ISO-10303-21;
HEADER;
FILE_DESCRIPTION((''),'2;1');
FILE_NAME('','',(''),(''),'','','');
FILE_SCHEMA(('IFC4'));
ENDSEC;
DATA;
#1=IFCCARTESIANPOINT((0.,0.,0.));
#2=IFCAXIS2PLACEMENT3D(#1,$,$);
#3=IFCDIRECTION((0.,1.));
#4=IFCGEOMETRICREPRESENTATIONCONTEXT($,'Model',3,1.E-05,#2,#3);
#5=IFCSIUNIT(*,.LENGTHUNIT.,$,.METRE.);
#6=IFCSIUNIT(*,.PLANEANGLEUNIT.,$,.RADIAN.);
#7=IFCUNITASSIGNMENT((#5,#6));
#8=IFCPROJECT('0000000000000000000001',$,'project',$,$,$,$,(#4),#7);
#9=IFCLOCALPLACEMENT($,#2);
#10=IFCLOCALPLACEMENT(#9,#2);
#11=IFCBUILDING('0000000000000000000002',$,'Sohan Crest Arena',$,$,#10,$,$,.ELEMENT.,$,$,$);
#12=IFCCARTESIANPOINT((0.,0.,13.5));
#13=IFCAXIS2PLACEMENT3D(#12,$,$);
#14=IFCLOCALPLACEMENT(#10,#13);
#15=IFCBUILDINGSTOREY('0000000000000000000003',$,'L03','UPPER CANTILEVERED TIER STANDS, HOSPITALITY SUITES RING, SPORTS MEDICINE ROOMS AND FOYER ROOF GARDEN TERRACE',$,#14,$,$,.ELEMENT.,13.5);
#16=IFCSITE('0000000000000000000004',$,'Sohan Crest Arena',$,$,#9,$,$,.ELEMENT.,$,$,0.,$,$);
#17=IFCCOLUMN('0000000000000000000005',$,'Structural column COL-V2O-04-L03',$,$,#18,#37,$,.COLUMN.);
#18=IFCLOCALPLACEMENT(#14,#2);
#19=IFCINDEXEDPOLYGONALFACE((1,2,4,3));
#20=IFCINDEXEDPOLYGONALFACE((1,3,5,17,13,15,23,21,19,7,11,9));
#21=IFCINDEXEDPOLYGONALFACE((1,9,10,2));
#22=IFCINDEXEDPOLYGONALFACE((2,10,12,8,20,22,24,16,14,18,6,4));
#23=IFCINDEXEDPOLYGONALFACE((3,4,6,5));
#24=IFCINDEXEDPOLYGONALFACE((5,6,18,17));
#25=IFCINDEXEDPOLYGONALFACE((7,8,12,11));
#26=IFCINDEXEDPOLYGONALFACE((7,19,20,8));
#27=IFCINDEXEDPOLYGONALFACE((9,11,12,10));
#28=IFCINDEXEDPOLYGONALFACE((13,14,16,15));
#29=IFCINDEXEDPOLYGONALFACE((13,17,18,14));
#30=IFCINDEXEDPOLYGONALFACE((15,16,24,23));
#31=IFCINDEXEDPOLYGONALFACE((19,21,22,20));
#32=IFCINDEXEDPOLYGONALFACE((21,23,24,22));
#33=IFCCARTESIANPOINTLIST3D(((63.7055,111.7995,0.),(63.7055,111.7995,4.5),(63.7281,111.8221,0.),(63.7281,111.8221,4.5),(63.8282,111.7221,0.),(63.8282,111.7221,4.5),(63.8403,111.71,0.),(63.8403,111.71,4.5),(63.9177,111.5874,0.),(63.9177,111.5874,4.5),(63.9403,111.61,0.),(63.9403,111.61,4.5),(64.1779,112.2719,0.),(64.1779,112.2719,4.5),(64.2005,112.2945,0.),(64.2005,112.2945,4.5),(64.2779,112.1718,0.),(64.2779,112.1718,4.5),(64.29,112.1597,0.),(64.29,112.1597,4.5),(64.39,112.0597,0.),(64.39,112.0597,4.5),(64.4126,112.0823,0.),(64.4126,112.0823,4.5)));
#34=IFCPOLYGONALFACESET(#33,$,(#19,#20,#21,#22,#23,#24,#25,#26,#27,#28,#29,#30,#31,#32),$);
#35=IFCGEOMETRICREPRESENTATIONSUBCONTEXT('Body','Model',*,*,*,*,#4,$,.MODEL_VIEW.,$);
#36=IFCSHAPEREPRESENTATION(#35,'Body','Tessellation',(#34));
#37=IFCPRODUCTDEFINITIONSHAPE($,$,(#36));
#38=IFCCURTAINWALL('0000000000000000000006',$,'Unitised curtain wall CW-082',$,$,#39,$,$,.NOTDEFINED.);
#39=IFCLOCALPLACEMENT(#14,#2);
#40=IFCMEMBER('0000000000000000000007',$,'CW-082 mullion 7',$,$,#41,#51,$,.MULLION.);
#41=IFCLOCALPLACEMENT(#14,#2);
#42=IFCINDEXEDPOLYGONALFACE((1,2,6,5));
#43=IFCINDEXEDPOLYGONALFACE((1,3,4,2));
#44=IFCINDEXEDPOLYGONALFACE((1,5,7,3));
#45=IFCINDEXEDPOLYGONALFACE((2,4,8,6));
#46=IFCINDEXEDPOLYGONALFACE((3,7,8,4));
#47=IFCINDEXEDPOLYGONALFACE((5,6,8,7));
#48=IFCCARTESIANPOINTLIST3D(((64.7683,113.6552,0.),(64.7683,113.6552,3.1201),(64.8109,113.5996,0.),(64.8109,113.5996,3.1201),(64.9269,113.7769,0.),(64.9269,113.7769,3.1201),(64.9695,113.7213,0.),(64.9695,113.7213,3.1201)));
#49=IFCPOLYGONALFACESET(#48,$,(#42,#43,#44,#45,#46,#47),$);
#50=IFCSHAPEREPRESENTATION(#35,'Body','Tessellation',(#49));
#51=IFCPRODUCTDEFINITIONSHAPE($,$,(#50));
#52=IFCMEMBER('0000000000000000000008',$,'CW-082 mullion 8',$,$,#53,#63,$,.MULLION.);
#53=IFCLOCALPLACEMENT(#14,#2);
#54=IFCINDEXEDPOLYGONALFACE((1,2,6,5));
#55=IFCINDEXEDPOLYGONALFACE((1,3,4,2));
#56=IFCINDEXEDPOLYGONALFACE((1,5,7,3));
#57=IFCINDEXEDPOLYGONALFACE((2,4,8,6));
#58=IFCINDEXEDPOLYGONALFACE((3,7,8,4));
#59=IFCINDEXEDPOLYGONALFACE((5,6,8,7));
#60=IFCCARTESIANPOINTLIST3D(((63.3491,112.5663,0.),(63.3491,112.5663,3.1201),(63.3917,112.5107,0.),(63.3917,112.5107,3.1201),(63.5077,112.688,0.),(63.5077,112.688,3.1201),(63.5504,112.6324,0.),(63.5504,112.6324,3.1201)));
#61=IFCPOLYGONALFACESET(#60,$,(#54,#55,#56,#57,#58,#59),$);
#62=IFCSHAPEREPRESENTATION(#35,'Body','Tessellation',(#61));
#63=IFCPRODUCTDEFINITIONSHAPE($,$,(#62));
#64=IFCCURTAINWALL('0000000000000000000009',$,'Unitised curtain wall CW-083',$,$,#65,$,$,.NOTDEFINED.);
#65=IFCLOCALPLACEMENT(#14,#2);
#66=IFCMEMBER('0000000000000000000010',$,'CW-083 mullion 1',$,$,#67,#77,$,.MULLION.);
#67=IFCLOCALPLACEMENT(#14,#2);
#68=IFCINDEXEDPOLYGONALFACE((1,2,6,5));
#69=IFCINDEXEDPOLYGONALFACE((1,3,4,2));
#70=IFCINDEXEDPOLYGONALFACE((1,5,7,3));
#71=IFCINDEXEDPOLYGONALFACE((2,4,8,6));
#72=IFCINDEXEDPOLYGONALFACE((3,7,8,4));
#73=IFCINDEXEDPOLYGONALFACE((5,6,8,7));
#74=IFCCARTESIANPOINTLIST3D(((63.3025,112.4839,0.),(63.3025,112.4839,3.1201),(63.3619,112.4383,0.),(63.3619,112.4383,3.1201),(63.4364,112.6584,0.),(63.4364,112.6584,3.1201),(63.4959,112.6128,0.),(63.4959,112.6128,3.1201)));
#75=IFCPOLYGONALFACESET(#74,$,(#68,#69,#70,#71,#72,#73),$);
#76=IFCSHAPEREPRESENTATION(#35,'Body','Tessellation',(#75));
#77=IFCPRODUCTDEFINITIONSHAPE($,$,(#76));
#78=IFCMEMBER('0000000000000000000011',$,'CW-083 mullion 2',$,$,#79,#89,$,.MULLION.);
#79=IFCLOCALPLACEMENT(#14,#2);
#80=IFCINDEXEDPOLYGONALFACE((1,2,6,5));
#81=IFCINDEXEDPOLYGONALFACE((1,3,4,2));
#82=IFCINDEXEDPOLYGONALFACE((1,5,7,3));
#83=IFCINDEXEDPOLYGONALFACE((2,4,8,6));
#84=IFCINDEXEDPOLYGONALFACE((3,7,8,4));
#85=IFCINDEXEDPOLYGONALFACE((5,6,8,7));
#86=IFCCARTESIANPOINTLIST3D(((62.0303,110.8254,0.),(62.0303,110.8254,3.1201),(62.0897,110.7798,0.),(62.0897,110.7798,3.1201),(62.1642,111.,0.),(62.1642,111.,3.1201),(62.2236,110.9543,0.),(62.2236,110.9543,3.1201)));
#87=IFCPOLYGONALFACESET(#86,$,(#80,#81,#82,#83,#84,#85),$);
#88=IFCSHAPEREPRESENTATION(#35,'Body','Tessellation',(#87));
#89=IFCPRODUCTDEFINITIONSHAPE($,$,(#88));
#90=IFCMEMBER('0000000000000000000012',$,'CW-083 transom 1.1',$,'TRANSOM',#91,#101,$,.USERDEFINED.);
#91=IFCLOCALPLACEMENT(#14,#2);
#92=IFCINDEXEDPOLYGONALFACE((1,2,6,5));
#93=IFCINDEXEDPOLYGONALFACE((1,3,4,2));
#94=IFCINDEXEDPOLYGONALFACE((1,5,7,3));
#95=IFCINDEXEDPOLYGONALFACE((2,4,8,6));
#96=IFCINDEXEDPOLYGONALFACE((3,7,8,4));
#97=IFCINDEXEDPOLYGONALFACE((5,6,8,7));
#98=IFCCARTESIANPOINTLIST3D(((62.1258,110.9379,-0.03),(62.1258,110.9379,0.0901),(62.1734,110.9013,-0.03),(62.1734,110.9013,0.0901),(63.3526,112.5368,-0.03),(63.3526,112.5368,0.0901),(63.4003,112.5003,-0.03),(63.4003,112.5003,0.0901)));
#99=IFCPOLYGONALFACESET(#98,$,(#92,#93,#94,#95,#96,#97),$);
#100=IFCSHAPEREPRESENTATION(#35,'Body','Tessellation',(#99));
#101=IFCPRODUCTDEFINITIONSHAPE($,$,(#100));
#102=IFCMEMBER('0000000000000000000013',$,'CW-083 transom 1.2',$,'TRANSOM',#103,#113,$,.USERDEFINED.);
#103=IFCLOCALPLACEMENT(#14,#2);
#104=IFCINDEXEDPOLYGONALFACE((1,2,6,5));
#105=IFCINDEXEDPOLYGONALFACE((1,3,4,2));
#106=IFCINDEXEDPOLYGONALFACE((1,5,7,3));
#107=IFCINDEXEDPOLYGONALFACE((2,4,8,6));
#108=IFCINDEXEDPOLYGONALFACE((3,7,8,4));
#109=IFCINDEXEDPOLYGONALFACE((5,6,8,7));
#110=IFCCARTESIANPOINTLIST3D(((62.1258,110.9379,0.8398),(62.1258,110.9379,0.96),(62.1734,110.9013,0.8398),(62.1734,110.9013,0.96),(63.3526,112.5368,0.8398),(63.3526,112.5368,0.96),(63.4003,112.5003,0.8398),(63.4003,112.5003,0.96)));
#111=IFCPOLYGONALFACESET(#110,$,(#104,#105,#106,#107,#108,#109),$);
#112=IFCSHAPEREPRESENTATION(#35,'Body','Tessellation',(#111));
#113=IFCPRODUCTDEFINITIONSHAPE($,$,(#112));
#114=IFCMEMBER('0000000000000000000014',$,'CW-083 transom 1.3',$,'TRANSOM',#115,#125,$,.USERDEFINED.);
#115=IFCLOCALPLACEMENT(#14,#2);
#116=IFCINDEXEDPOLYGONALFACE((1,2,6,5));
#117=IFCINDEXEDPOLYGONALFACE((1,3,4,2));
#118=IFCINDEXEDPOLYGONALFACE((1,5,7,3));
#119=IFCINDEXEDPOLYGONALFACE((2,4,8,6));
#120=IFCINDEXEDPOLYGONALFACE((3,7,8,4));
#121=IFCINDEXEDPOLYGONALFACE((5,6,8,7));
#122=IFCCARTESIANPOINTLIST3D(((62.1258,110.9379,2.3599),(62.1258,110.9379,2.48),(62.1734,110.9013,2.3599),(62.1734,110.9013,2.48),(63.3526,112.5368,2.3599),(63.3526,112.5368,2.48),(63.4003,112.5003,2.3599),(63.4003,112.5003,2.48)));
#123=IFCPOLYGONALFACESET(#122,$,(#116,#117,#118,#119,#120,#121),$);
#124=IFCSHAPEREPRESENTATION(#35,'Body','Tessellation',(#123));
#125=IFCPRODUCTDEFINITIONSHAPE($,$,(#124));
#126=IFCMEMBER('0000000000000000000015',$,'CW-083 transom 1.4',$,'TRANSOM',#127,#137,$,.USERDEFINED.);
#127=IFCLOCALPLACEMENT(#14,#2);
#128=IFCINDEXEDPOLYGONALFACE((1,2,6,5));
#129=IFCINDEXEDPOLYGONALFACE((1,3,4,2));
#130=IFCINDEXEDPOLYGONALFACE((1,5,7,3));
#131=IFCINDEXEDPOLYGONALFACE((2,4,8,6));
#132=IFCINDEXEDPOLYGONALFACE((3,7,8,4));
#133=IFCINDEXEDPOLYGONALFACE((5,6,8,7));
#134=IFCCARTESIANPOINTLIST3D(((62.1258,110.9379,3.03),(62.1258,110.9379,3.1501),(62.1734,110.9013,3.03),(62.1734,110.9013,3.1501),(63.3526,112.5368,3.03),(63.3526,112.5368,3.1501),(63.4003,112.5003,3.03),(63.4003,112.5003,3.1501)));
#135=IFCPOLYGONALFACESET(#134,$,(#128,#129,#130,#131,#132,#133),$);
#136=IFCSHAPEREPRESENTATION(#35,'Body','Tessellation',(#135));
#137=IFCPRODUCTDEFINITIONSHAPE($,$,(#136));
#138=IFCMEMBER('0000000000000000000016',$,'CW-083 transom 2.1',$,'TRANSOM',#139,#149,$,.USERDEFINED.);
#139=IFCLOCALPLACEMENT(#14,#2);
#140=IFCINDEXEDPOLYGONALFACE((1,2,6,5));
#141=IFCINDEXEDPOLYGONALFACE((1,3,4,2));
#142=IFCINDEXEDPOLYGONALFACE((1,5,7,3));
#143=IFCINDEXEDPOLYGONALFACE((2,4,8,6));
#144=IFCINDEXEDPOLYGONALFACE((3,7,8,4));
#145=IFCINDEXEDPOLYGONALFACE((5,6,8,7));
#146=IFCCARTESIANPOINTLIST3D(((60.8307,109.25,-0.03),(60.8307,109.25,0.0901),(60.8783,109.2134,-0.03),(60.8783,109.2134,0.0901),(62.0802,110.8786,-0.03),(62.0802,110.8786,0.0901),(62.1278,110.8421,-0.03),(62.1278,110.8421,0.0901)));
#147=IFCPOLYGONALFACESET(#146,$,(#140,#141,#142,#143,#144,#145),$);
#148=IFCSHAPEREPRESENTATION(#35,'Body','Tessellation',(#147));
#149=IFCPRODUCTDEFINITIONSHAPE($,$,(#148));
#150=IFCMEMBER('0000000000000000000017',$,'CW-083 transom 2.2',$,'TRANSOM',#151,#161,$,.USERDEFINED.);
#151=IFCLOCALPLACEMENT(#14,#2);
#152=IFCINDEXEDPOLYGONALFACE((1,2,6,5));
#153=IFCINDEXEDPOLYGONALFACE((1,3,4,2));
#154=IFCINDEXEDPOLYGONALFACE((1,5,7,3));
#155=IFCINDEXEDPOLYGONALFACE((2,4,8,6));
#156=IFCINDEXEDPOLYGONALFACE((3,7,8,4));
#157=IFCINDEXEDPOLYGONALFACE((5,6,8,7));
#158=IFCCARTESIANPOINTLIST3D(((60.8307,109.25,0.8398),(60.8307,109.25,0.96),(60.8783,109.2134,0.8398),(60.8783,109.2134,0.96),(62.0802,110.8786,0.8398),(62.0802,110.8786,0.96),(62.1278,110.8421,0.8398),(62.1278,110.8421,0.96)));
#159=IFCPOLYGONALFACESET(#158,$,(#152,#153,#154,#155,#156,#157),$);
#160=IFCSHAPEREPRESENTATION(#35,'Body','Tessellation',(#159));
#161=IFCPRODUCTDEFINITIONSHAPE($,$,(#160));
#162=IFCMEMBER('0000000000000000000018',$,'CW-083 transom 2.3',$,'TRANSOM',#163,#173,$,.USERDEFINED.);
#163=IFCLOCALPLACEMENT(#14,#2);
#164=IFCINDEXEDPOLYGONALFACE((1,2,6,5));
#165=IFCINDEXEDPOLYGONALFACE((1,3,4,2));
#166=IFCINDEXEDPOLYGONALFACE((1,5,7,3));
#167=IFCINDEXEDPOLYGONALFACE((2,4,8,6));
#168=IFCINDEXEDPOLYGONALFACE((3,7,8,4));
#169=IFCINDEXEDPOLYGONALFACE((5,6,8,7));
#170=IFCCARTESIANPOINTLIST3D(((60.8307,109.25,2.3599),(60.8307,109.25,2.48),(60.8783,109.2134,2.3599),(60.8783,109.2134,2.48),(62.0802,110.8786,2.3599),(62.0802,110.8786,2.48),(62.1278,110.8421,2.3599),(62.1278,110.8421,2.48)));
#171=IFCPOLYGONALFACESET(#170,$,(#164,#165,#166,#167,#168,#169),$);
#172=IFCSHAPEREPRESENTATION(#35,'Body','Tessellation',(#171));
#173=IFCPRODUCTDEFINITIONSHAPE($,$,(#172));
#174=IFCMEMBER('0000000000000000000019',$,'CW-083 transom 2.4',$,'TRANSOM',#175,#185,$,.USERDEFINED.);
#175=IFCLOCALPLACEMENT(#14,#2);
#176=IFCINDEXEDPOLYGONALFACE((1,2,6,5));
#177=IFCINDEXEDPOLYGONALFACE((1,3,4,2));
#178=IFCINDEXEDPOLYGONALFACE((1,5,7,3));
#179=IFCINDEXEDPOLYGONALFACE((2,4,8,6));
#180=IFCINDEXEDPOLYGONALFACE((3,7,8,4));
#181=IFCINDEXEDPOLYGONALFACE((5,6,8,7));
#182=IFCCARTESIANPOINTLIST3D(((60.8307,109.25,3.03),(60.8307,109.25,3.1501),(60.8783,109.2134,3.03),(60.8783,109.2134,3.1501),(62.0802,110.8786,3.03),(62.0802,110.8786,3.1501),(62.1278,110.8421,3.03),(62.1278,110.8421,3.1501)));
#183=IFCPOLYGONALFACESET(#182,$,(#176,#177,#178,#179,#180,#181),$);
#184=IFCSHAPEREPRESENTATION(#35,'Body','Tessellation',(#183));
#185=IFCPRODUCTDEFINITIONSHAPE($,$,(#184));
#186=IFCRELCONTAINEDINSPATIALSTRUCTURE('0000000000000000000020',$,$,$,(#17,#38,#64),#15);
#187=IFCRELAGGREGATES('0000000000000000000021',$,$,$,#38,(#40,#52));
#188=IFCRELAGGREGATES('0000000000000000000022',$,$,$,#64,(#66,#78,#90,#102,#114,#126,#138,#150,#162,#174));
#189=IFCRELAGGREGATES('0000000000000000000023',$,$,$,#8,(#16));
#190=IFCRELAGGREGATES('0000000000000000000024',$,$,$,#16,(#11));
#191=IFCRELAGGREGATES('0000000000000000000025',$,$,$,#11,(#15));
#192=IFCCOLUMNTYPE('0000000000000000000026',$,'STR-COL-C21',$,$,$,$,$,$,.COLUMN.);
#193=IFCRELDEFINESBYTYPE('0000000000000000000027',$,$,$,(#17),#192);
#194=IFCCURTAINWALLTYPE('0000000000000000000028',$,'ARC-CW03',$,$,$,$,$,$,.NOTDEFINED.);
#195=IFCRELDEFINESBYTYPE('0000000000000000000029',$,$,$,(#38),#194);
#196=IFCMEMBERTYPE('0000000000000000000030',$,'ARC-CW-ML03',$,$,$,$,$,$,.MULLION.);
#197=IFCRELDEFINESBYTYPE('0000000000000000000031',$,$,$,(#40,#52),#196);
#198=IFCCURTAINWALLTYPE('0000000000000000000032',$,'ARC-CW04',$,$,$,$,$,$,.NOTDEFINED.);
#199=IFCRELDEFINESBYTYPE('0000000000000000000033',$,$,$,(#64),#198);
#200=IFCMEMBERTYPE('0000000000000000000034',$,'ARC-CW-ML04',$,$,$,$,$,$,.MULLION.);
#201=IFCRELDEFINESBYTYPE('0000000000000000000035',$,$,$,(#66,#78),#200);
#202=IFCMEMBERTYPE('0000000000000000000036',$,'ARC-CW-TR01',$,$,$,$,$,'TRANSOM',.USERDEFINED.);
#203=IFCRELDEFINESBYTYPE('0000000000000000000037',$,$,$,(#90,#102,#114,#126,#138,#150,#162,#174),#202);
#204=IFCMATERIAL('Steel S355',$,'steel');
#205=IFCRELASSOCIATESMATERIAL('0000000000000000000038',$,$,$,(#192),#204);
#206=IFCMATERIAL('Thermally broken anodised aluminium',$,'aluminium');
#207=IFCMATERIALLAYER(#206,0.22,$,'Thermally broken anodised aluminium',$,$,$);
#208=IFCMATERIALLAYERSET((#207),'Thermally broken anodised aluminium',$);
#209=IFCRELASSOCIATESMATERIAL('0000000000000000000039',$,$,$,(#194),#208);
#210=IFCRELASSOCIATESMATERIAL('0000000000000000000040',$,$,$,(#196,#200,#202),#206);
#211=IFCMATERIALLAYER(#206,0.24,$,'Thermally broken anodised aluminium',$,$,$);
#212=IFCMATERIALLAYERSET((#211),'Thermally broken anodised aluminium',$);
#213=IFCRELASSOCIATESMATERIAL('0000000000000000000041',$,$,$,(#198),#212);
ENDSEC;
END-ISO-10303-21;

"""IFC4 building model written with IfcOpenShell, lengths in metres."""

from ifc_helpers import new_model, si_unit, direction, frame, origin, origin_2d, place, context, subcontext, project, spatial, rectangle, i_section, extrude, material, layer, layer_set, material_profile, profile_set, type_object, element, aggregate, save


model = new_model("IFC4")

# Units and contexts
model_context = context("Model", 3, precision=1e-05, world=origin(), true_north=direction((0.0, 1.0)))
body_context = subcontext(model_context, "Body", "Model", "MODEL_VIEW")
ifc_project = project(units=[si_unit("LENGTHUNIT", "METRE"), si_unit("PLANEANGLEUNIT", "RADIAN")], contexts=[model_context])

# Site, building, storey
site_placement = place(None, origin())
site = spatial("IfcSite", under=ifc_project, at=site_placement, Name="Sohan Crest Arena", CompositionType="ELEMENT", RefElevation=0.0)
building_placement = place(site_placement, origin())
building = spatial("IfcBuilding", under=site, at=building_placement, Name="Sohan Crest Arena", CompositionType="ELEMENT")
storey_placement = place(building_placement, frame((0.0, 0.0, 13.5)))
storey = spatial("IfcBuildingStorey", under=building, at=storey_placement, Name="L03", Description="UPPER CANTILEVERED TIER STANDS, HOSPITALITY SUITES RING, SPORTS MEDICINE ROOMS AND FOYER ROOF GARDEN TERRACE", CompositionType="ELEMENT", Elevation=13.5)

# Column
ifc_material_1 = material(Name="Steel S355", Category="steel")
ifc_material_profile_1 = material_profile(ifc_material_1, i_section(OverallWidth=0.3, OverallDepth=0.7, WebThickness=0.0171, FlangeThickness=0.032, at=origin_2d()), Name="HEB 700")
ifc_profile_set_1 = profile_set([ifc_material_profile_1], Name="Steel S355")
column_type = type_object("IfcColumnType", Name="STR-COL-C21", PredefinedType="COLUMN", material=ifc_profile_set_1)
column_placement = place(storey_placement, frame((64.0591, 111.9409, 0.0), z_axis=(0.0, 0.0, 1.0), x_axis=(-0.707107, 0.707107, 0.0)))
element("IfcColumn", 1, at=column_placement, inside=storey, type_object=column_type, Name="Structural column COL-V2O-04-L03", PredefinedType="COLUMN", context=body_context, shape_type="SweptSolid", body=[
    extrude(i_section(OverallWidth=0.3, OverallDepth=0.7, WebThickness=0.0171, FlangeThickness=0.032, at=origin_2d()), origin(), (0.0, 0.0, 1.0), 4.5),
])

# Curtain walls, members
ifc_material_2 = material(Name="Thermally broken anodised aluminium", Category="aluminium")
ifc_layer_1 = layer(ifc_material_2, 0.22, Name="Thermally broken anodised aluminium")
ifc_layer_set_1 = layer_set([ifc_layer_1], Name="Thermally broken anodised aluminium")
curtain_wall_type_1 = type_object("IfcCurtainWallType", Name="ARC-CW03", PredefinedType="NOTDEFINED", material=ifc_layer_set_1)
curtain_wall_1_placement = place(storey_placement, origin())
curtain_wall_1 = element("IfcCurtainWall", 2, at=curtain_wall_1_placement, inside=storey, type_object=curtain_wall_type_1, Name="Unitised curtain wall CW-082", PredefinedType="NOTDEFINED")
ifc_material_profile_2 = material_profile(ifc_material_2, rectangle(XDim=0.0701, YDim=0.2, at=origin_2d()), Name="ALU-MULL 70x200")
ifc_profile_set_2 = profile_set([ifc_material_profile_2], Name="Thermally broken anodised aluminium")
member_type_1 = type_object("IfcMemberType", Name="ARC-CW-ML03", PredefinedType="MULLION", material=ifc_profile_set_2)
member_1_placement = place(storey_placement, frame((64.8689, 113.6882, 0.0), z_axis=(0.0, 0.0, 1.0), x_axis=(0.608737, -0.793372, 0.0)))
member_1 = element("IfcMember", 3, at=member_1_placement, type_object=member_type_1, Name="CW-082 mullion 7", PredefinedType="MULLION", context=body_context, shape_type="SweptSolid", body=[
    extrude(rectangle(XDim=0.0701, YDim=0.2, at=origin_2d()), origin(), (0.0, 0.0, 1.0), 3.1201),
])
member_2_placement = place(storey_placement, frame((63.4497, 112.5994, 0.0), z_axis=(0.0, 0.0, 1.0), x_axis=(0.608737, -0.793372, 0.0)))
member_2 = element("IfcMember", 4, at=member_2_placement, type_object=member_type_1, Name="CW-082 mullion 8", PredefinedType="MULLION", context=body_context, shape_type="SweptSolid", body=[
    extrude(rectangle(XDim=0.0701, YDim=0.2, at=origin_2d()), origin(), (0.0, 0.0, 1.0), 3.1201),
])
ifc_layer_2 = layer(ifc_material_2, 0.24, Name="Thermally broken anodised aluminium")
ifc_layer_set_2 = layer_set([ifc_layer_2], Name="Thermally broken anodised aluminium")
curtain_wall_type_2 = type_object("IfcCurtainWallType", Name="ARC-CW04", PredefinedType="NOTDEFINED", material=ifc_layer_set_2)
curtain_wall_2_placement = place(storey_placement, origin())
curtain_wall_2 = element("IfcCurtainWall", 5, at=curtain_wall_2_placement, inside=storey, type_object=curtain_wall_type_2, Name="Unitised curtain wall CW-083", PredefinedType="NOTDEFINED")
ifc_material_profile_3 = material_profile(ifc_material_2, rectangle(XDim=0.075, YDim=0.22, at=origin_2d()), Name="ALU-MULL 75x220")
ifc_profile_set_3 = profile_set([ifc_material_profile_3], Name="Thermally broken anodised aluminium")
member_type_2 = type_object("IfcMemberType", Name="ARC-CW-ML04", PredefinedType="MULLION", material=ifc_profile_set_3)
member_3_placement = place(storey_placement, frame((63.3992, 112.5483, 0.0), z_axis=(0.0, 0.0, 1.0), x_axis=(0.793372, -0.608737, 0.0)))
member_3 = element("IfcMember", 6, at=member_3_placement, type_object=member_type_2, Name="CW-083 mullion 1", PredefinedType="MULLION", context=body_context, shape_type="SweptSolid", body=[
    extrude(rectangle(XDim=0.075, YDim=0.22, at=origin_2d()), origin(), (0.0, 0.0, 1.0), 3.1201),
])
member_4_placement = place(storey_placement, frame((62.127, 110.8899, 0.0), z_axis=(0.0, 0.0, 1.0), x_axis=(0.793372, -0.608737, 0.0)))
member_4 = element("IfcMember", 7, at=member_4_placement, type_object=member_type_2, Name="CW-083 mullion 2", PredefinedType="MULLION", context=body_context, shape_type="SweptSolid", body=[
    extrude(rectangle(XDim=0.075, YDim=0.22, at=origin_2d()), origin(), (0.0, 0.0, 1.0), 3.1201),
])
ifc_material_profile_4 = material_profile(ifc_material_2, rectangle(XDim=0.0601, YDim=0.1201, at=origin_2d()), Name="ALU-TRAN 60x120")
ifc_profile_set_4 = profile_set([ifc_material_profile_4], Name="Thermally broken anodised aluminium")
member_type_3 = type_object("IfcMemberType", Name="ARC-CW-TR01", ElementType="TRANSOM", PredefinedType="USERDEFINED", material=ifc_profile_set_4)
member_5_placement = place(storey_placement, frame((63.3765, 112.5186, 0.03), z_axis=(-0.608744, -0.793366, 0.0), x_axis=(0.793366, -0.608744, 0.0)))
member_5 = element("IfcMember", 8, at=member_5_placement, type_object=member_type_3, Name="CW-083 transom 1.1", ObjectType="TRANSOM", PredefinedType="USERDEFINED", context=body_context, shape_type="SweptSolid", body=[
    extrude(rectangle(XDim=0.0601, YDim=0.1201, at=origin_2d()), origin(), (0.0, 0.0, 1.0), 2.0154),
])
member_6_placement = place(storey_placement, frame((63.3765, 112.5186, 0.8999), z_axis=(-0.608744, -0.793366, 0.0), x_axis=(0.793366, -0.608744, 0.0)))
member_6 = element("IfcMember", 9, at=member_6_placement, type_object=member_type_3, Name="CW-083 transom 1.2", ObjectType="TRANSOM", PredefinedType="USERDEFINED", context=body_context, shape_type="SweptSolid", body=[
    extrude(rectangle(XDim=0.0601, YDim=0.1201, at=origin_2d()), origin(), (0.0, 0.0, 1.0), 2.0154),
])
member_7_placement = place(storey_placement, frame((63.3765, 112.5186, 2.4199), z_axis=(-0.608744, -0.793366, 0.0), x_axis=(0.793366, -0.608744, 0.0)))
member_7 = element("IfcMember", 10, at=member_7_placement, type_object=member_type_3, Name="CW-083 transom 1.3", ObjectType="TRANSOM", PredefinedType="USERDEFINED", context=body_context, shape_type="SweptSolid", body=[
    extrude(rectangle(XDim=0.0601, YDim=0.1201, at=origin_2d()), origin(), (0.0, 0.0, 1.0), 2.0154),
])
member_8_placement = place(storey_placement, frame((63.3765, 112.5186, 3.0901), z_axis=(-0.608744, -0.793366, 0.0), x_axis=(0.793366, -0.608744, 0.0)))
member_8 = element("IfcMember", 11, at=member_8_placement, type_object=member_type_3, Name="CW-083 transom 1.4", ObjectType="TRANSOM", PredefinedType="USERDEFINED", context=body_context, shape_type="SweptSolid", body=[
    extrude(rectangle(XDim=0.0601, YDim=0.1201, at=origin_2d()), origin(), (0.0, 0.0, 1.0), 2.0154),
])
member_9_placement = place(storey_placement, frame((62.104, 110.8604, 0.03), z_axis=(-0.608699, -0.793401, 0.0), x_axis=(0.793401, -0.608699, 0.0)))
member_9 = element("IfcMember", 12, at=member_9_placement, type_object=member_type_3, Name="CW-083 transom 2.1", ObjectType="TRANSOM", PredefinedType="USERDEFINED", context=body_context, shape_type="SweptSolid", body=[
    extrude(rectangle(XDim=0.0601, YDim=0.1201, at=origin_2d()), origin(), (0.0, 0.0, 1.0), 2.0527),
])
member_10_placement = place(storey_placement, frame((62.104, 110.8604, 0.8999), z_axis=(-0.608699, -0.793401, 0.0), x_axis=(0.793401, -0.608699, 0.0)))
member_10 = element("IfcMember", 13, at=member_10_placement, type_object=member_type_3, Name="CW-083 transom 2.2", ObjectType="TRANSOM", PredefinedType="USERDEFINED", context=body_context, shape_type="SweptSolid", body=[
    extrude(rectangle(XDim=0.0601, YDim=0.1201, at=origin_2d()), origin(), (0.0, 0.0, 1.0), 2.0527),
])
member_11_placement = place(storey_placement, frame((62.104, 110.8604, 2.4199), z_axis=(-0.608699, -0.793401, 0.0), x_axis=(0.793401, -0.608699, 0.0)))
member_11 = element("IfcMember", 14, at=member_11_placement, type_object=member_type_3, Name="CW-083 transom 2.3", ObjectType="TRANSOM", PredefinedType="USERDEFINED", context=body_context, shape_type="SweptSolid", body=[
    extrude(rectangle(XDim=0.0601, YDim=0.1201, at=origin_2d()), origin(), (0.0, 0.0, 1.0), 2.0527),
])
member_12_placement = place(storey_placement, frame((62.104, 110.8604, 3.0901), z_axis=(-0.608699, -0.793401, 0.0), x_axis=(0.793401, -0.608699, 0.0)))
member_12 = element("IfcMember", 15, at=member_12_placement, type_object=member_type_3, Name="CW-083 transom 2.4", ObjectType="TRANSOM", PredefinedType="USERDEFINED", context=body_context, shape_type="SweptSolid", body=[
    extrude(rectangle(XDim=0.0601, YDim=0.1201, at=origin_2d()), origin(), (0.0, 0.0, 1.0), 2.0527),
])

aggregate(curtain_wall_1, [member_1, member_2])
aggregate(curtain_wall_2, [member_3, member_4, member_5, member_6, member_7, member_8, member_9, member_10, member_11, member_12])

save(model, "model.ifc")
